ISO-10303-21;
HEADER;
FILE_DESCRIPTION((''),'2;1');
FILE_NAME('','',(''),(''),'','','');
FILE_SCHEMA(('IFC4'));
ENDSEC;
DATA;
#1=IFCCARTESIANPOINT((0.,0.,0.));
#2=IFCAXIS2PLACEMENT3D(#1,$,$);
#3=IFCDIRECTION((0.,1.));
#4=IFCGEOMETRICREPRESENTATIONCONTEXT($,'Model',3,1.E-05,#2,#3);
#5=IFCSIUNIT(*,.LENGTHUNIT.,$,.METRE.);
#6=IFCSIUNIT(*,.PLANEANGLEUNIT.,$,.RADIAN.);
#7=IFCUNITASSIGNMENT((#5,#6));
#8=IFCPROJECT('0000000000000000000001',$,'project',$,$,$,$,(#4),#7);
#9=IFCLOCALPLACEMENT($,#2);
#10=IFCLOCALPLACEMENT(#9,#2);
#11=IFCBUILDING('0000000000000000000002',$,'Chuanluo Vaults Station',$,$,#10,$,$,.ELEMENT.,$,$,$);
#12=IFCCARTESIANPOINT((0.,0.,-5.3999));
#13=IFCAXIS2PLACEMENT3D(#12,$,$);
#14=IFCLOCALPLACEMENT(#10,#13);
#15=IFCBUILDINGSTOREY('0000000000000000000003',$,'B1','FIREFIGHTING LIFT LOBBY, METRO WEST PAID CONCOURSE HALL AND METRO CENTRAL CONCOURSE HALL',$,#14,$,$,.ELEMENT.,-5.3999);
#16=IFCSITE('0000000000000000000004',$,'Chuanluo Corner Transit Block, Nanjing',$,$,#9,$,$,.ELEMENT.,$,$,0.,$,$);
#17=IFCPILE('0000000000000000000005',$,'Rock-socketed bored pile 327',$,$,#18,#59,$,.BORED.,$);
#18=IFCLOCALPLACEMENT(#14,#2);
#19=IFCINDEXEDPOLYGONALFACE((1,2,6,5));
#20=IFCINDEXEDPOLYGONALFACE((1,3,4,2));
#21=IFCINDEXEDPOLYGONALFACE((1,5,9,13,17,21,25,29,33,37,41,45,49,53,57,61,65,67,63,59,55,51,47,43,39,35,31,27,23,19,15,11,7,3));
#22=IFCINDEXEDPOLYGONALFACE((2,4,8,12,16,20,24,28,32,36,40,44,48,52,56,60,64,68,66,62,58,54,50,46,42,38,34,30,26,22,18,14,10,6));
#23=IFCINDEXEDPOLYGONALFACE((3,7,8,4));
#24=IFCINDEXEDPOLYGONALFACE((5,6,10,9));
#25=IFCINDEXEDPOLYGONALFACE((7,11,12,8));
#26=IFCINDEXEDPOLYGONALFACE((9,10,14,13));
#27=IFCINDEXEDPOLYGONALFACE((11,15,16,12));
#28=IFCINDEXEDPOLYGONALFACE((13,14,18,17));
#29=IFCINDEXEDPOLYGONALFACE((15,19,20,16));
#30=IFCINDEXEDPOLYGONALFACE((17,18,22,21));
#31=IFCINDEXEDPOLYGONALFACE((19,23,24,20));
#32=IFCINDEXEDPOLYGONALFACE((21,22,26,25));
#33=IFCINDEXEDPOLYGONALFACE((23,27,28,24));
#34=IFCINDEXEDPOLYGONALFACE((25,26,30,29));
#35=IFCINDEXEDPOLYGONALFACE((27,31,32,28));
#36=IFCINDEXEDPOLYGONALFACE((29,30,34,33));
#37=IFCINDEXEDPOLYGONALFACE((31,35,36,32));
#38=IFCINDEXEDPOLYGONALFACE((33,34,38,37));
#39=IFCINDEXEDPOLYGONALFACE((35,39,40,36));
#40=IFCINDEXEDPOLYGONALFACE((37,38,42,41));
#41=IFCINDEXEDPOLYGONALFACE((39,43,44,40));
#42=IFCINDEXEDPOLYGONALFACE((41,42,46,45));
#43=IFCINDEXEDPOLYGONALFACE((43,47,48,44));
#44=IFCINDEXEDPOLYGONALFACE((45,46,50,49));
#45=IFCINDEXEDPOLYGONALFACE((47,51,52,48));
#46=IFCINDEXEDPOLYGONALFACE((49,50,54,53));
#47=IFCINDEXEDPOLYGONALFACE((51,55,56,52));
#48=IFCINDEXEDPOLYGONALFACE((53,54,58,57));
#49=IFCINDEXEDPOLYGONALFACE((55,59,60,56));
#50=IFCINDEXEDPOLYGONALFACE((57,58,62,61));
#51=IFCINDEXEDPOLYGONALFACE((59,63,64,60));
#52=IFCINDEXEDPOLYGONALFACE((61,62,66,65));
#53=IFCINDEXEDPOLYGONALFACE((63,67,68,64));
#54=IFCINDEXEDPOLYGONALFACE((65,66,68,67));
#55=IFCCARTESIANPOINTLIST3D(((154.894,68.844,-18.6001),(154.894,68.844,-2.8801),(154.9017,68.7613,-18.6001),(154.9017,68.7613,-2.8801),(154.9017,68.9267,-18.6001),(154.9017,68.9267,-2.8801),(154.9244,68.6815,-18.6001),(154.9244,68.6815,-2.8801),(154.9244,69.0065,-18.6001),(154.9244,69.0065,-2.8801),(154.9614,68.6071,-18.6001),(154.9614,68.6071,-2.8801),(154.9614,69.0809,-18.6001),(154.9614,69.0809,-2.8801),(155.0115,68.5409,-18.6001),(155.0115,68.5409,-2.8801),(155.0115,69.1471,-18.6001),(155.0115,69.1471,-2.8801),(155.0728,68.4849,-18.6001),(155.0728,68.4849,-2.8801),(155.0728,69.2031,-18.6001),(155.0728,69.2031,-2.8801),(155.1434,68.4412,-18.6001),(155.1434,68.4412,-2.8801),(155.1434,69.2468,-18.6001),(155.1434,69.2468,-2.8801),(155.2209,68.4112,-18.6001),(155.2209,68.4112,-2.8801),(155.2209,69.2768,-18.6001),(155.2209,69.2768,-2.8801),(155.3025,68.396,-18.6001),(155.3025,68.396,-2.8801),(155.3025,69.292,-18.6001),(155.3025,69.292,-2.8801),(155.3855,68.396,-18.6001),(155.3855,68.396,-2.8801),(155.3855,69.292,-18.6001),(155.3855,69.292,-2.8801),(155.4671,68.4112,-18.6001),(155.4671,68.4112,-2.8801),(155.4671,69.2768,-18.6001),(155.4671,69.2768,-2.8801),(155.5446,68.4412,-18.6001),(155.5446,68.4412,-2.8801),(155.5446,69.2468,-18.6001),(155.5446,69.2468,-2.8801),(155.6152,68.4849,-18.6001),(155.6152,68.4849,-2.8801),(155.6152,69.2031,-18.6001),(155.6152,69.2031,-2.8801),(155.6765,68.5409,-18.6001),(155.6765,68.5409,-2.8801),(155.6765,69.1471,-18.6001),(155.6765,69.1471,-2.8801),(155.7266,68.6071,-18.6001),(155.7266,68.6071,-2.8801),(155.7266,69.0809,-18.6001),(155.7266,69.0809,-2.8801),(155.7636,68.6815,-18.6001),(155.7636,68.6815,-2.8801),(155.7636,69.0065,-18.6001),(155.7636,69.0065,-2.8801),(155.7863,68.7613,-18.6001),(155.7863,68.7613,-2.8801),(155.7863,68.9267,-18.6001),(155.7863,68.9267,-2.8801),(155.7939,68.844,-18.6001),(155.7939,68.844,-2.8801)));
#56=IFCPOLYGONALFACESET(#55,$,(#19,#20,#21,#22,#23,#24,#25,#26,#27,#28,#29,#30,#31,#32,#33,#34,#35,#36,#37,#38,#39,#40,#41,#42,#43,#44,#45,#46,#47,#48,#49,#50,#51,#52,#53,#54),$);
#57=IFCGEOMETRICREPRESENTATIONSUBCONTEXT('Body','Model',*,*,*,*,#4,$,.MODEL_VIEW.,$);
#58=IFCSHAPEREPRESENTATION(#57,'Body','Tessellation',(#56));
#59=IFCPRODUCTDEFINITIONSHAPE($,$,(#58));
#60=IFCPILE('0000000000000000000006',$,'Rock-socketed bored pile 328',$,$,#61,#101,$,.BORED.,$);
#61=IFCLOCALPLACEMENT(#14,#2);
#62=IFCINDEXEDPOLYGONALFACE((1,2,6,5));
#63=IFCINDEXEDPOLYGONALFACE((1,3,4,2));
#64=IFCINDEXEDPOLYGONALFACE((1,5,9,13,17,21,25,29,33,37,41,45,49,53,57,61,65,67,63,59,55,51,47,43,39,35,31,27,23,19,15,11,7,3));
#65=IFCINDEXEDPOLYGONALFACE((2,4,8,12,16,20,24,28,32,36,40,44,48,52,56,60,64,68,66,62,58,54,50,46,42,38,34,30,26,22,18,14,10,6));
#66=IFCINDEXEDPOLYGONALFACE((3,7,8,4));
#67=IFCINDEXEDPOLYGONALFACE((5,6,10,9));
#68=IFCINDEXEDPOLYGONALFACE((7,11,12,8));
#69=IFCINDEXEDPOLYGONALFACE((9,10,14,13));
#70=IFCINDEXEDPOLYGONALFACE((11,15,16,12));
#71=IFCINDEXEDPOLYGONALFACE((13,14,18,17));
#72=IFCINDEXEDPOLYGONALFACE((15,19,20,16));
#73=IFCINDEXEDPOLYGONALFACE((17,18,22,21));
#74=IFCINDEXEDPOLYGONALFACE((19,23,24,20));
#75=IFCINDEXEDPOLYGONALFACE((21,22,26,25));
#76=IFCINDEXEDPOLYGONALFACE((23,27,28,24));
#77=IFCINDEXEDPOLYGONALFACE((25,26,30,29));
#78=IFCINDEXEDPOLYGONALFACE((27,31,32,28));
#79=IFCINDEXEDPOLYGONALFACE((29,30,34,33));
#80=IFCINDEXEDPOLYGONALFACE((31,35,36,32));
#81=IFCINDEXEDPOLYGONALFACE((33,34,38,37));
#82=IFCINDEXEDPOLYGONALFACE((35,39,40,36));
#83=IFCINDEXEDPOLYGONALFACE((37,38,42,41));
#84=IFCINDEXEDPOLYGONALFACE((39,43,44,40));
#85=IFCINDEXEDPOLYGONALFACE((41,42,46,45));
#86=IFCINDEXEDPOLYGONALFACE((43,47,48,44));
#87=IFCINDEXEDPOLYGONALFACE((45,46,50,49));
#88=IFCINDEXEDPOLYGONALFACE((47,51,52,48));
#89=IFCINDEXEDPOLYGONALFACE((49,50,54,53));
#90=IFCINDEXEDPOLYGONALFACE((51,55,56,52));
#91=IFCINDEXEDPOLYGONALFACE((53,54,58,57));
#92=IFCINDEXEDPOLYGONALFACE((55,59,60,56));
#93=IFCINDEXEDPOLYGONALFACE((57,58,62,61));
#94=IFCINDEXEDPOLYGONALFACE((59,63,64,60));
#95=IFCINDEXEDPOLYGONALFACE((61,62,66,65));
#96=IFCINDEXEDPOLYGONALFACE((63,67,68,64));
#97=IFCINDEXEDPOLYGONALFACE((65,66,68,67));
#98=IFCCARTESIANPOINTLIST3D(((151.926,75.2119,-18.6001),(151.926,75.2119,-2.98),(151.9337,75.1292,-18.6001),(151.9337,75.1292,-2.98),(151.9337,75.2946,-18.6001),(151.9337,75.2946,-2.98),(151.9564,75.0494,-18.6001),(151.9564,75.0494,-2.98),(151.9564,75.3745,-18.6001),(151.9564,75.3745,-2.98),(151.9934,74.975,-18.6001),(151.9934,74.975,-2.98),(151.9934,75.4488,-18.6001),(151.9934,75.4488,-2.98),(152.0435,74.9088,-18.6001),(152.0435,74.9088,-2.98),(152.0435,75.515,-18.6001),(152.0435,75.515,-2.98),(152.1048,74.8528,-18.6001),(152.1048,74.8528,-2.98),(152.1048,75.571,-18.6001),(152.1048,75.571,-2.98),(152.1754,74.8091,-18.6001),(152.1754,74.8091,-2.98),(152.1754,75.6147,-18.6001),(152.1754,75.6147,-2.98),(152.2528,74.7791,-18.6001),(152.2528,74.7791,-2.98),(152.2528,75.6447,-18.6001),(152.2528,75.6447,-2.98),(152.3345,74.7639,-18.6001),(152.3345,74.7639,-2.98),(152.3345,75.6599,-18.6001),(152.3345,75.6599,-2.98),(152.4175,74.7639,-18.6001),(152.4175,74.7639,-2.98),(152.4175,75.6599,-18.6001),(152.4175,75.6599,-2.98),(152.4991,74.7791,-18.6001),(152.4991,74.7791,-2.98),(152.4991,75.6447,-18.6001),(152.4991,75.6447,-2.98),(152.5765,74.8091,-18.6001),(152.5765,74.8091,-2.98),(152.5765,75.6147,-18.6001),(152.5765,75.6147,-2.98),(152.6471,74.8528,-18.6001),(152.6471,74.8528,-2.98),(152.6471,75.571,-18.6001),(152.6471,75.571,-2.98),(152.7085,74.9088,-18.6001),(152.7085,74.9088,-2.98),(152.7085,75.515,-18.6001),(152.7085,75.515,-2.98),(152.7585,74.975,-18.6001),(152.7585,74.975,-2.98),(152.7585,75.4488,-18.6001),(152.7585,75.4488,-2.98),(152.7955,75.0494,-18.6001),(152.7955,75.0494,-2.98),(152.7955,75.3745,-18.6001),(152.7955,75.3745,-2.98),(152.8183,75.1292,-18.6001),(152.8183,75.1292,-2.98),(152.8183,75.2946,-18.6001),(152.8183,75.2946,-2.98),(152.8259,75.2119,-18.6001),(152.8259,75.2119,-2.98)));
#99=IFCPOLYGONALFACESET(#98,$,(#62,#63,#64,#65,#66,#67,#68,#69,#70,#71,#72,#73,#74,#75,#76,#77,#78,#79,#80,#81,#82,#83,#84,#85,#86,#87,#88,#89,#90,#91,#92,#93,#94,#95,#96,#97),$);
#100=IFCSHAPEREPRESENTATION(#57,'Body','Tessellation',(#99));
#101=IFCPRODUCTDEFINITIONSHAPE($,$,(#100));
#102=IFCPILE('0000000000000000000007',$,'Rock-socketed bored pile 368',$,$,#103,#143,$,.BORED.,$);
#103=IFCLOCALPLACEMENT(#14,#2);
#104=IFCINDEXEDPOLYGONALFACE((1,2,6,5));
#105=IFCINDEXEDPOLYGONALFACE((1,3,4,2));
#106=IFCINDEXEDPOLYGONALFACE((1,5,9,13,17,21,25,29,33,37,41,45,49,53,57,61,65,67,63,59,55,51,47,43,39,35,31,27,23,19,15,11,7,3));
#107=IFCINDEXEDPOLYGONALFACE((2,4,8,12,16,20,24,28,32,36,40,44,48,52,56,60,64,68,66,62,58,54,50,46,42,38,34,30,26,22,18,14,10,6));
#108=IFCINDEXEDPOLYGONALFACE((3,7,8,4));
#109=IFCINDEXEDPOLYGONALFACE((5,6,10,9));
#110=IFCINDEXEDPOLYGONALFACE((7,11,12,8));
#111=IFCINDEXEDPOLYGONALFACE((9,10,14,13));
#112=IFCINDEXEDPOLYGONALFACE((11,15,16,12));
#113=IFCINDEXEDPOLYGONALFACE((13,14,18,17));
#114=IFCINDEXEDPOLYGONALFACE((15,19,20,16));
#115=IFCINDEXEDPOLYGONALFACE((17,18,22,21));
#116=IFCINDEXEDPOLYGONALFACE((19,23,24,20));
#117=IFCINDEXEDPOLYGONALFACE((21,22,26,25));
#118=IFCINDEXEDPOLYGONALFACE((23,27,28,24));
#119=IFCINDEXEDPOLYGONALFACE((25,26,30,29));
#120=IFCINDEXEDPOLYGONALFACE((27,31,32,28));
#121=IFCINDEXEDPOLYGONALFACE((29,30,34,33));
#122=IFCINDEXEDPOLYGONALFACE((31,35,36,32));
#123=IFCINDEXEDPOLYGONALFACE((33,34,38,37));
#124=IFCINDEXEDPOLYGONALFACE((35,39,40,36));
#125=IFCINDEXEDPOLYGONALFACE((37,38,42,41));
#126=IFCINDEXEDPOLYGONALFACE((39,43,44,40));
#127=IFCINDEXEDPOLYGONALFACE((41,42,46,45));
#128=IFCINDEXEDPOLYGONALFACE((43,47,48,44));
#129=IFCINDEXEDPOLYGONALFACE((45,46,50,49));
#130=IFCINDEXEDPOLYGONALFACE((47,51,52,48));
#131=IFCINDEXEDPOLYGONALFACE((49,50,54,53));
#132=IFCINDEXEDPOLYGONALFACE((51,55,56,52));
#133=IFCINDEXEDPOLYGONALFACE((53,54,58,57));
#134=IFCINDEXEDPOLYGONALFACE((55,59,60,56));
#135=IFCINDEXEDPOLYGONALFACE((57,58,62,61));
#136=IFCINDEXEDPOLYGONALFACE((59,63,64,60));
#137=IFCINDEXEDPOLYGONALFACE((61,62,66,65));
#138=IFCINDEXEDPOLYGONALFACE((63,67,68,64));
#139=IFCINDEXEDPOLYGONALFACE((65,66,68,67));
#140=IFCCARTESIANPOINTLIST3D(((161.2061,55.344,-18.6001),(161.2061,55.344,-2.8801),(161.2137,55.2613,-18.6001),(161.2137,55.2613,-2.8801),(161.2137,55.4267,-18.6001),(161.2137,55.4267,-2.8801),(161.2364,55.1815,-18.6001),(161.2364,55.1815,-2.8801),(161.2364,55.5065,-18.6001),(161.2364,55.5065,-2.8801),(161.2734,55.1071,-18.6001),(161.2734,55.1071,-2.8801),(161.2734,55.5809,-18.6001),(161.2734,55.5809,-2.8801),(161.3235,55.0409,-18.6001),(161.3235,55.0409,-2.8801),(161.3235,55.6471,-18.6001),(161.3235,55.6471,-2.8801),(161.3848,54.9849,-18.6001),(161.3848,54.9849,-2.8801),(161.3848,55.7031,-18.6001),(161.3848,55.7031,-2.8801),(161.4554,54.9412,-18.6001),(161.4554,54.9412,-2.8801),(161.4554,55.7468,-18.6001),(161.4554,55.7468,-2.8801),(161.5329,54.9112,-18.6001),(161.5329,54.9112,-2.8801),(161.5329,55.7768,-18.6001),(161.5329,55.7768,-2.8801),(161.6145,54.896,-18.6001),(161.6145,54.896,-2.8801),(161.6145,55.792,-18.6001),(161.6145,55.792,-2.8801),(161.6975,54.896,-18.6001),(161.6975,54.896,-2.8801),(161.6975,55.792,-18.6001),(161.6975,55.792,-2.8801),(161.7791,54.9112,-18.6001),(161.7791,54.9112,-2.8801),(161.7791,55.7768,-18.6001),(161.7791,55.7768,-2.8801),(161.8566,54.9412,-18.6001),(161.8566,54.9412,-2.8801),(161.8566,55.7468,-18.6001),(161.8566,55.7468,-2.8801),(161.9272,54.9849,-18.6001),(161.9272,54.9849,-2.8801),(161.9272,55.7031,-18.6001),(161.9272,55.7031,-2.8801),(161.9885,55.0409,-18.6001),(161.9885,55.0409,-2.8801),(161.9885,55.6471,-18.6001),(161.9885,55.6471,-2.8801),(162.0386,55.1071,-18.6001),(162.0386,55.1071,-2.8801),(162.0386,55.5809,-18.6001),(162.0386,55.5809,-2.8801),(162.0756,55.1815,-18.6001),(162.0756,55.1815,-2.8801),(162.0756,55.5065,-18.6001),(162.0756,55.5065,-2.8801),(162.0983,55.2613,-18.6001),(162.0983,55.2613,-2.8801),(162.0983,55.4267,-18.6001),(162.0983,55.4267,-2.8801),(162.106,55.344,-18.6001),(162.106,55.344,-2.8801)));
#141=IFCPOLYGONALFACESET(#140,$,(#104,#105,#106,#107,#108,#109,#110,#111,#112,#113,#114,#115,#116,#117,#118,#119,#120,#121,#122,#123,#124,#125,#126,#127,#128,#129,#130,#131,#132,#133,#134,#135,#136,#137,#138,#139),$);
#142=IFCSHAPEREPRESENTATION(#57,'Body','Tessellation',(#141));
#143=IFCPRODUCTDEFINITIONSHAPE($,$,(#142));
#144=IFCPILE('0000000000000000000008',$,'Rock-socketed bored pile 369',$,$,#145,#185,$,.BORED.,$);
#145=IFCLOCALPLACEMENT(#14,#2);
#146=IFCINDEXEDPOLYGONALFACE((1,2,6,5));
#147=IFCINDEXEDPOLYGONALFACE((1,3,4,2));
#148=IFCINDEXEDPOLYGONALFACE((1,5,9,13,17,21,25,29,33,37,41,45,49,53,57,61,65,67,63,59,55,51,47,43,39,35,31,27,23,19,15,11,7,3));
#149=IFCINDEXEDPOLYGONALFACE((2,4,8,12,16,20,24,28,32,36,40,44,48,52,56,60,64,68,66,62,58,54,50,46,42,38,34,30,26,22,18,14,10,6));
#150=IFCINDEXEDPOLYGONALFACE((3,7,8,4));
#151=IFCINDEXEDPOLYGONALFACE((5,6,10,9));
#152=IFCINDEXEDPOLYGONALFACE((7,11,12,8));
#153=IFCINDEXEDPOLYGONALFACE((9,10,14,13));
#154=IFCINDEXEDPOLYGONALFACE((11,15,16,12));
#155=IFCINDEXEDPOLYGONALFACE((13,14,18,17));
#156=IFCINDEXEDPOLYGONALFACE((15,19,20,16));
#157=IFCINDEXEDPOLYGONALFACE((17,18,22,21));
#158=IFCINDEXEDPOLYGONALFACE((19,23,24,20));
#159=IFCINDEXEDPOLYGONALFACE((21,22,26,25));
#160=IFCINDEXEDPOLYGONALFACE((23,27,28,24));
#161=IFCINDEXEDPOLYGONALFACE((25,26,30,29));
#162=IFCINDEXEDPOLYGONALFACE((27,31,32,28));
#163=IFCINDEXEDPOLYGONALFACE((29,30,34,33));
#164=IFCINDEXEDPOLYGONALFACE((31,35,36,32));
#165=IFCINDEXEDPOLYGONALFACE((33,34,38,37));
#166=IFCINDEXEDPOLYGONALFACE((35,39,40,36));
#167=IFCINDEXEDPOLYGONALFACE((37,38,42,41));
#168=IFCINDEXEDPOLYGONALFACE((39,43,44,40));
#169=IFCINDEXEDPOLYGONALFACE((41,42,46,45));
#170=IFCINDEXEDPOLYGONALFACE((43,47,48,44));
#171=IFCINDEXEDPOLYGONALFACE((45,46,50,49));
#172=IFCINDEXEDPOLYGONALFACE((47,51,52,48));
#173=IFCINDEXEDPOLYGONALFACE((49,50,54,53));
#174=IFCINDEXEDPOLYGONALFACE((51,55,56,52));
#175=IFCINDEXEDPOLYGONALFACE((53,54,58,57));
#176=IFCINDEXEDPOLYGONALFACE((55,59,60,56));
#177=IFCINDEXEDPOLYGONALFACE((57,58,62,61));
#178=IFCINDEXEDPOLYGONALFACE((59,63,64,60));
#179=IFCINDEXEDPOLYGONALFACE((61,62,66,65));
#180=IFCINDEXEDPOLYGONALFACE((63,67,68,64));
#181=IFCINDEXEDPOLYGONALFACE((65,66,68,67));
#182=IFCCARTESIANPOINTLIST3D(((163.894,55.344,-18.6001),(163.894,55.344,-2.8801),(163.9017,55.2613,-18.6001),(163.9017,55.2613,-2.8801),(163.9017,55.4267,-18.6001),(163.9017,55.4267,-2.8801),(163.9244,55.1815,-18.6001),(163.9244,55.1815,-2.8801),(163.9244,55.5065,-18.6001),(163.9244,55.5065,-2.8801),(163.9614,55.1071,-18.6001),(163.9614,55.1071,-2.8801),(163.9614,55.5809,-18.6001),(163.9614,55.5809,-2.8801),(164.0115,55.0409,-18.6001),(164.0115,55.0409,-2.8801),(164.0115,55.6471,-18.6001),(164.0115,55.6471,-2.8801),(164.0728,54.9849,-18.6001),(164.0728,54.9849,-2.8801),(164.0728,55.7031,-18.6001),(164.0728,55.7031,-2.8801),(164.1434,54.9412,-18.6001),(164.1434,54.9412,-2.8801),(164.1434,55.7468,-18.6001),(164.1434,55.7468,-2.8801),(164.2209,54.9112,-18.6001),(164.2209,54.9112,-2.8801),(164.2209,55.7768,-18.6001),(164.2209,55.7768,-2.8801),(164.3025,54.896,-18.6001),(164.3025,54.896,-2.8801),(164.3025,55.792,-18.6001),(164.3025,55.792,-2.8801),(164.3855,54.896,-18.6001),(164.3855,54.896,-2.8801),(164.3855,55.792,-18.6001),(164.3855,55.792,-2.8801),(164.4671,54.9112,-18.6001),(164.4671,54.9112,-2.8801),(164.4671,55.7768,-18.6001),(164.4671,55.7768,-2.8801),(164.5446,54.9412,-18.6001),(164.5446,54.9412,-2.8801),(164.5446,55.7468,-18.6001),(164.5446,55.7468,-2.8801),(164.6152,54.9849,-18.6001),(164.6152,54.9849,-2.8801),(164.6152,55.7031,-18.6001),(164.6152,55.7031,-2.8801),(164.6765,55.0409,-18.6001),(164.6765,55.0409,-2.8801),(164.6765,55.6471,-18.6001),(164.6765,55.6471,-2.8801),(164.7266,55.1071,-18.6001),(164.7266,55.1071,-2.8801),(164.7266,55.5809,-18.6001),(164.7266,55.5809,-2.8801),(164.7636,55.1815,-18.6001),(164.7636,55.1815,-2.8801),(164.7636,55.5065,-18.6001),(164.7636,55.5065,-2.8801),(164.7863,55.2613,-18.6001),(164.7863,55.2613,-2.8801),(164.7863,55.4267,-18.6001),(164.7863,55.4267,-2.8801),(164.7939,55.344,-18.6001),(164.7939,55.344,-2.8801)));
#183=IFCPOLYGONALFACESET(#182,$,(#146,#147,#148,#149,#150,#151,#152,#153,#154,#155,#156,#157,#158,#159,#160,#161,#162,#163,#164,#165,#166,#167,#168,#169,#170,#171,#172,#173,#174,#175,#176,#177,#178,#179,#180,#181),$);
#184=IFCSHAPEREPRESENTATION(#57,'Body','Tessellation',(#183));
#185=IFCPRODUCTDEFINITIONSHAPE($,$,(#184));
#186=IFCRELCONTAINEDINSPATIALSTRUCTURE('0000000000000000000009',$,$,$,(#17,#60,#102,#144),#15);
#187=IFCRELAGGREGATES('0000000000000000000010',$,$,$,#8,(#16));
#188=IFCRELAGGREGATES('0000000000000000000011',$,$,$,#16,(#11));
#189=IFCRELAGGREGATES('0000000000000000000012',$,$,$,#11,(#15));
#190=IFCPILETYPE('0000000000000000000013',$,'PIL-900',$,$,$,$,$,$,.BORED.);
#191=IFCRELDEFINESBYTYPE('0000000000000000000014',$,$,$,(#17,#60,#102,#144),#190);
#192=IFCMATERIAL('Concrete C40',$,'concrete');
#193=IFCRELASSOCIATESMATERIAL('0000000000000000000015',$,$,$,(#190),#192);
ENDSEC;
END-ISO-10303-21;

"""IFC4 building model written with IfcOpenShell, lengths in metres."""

from ifc_helpers import new_model, si_unit, direction, frame, origin, origin_2d, place, context, subcontext, project, spatial, circle, extrude, material, material_profile, profile_set, type_object, element, save


model = new_model("IFC4")

# Units and contexts
model_context = context("Model", 3, precision=1e-05, world=origin(), true_north=direction((0.0, 1.0)))
body_context = subcontext(model_context, "Body", "Model", "MODEL_VIEW")
ifc_project = project(units=[si_unit("LENGTHUNIT", "METRE"), si_unit("PLANEANGLEUNIT", "RADIAN")], contexts=[model_context])

# Site, building, storey
site_placement = place(None, origin())
site = spatial("IfcSite", under=ifc_project, at=site_placement, Name="Chuanluo Corner Transit Block, Nanjing", CompositionType="ELEMENT", RefElevation=0.0)
building_placement = place(site_placement, origin())
building = spatial("IfcBuilding", under=site, at=building_placement, Name="Chuanluo Vaults Station", CompositionType="ELEMENT")
storey_placement = place(building_placement, frame((0.0, 0.0, -5.3999)))
storey = spatial("IfcBuildingStorey", under=building, at=storey_placement, Name="B1", Description="FIREFIGHTING LIFT LOBBY, METRO WEST PAID CONCOURSE HALL AND METRO CENTRAL CONCOURSE HALL", CompositionType="ELEMENT", Elevation=-5.3999)

# Piles
ifc_material_1 = material(Name="Concrete C40", Category="concrete")
ifc_material_profile_1 = material_profile(ifc_material_1, circle(Radius=0.45, at=origin_2d()))
ifc_profile_set_1 = profile_set([ifc_material_profile_1], Name="Concrete C40")
pile_type_1 = type_object("IfcPileType", Name="PIL-900", PredefinedType="BORED", material=ifc_profile_set_1)
for number, where, z_axis, x_axis, name in (
    (1, (155.344, 68.844, -2.8801), (0.0, 0.0, -1.0), (1.0, 0.0, 0.0), "Rock-socketed bored pile 327"),
):
    element("IfcPile", number, at=place(storey_placement, frame(where, z_axis=z_axis, x_axis=x_axis)), inside=storey, type_object=pile_type_1, Name=name, PredefinedType="BORED", context=body_context, shape_type="SweptSolid", body=[
        extrude(circle(Radius=0.45, at=origin_2d()), origin(), (0.0, 0.0, 1.0), 15.72),
    ])
pile_placement = place(storey_placement, frame((152.376, 75.2119, -2.98), z_axis=(0.0, 0.0, -1.0), x_axis=(1.0, 0.0, 0.0)))
element("IfcPile", 2, at=pile_placement, inside=storey, type_object=pile_type_1, Name="Rock-socketed bored pile 328", PredefinedType="BORED", context=body_context, shape_type="SweptSolid", body=[
    extrude(circle(Radius=0.45, at=origin_2d()), origin(), (0.0, 0.0, 1.0), 15.6201),
])
for number, where, z_axis, x_axis, name in (
    (3, (161.656, 55.344, -2.8801), (0.0, 0.0, -1.0), (1.0, 0.0, 0.0), "Rock-socketed bored pile 368"),
    (4, (164.344, 55.344, -2.8801), (0.0, 0.0, -1.0), (1.0, 0.0, 0.0), "Rock-socketed bored pile 369"),
):
    element("IfcPile", number, at=place(storey_placement, frame(where, z_axis=z_axis, x_axis=x_axis)), inside=storey, type_object=pile_type_1, Name=name, PredefinedType="BORED", context=body_context, shape_type="SweptSolid", body=[
        extrude(circle(Radius=0.45, at=origin_2d()), origin(), (0.0, 0.0, 1.0), 15.72),
    ])

save(model, "model.ifc")
